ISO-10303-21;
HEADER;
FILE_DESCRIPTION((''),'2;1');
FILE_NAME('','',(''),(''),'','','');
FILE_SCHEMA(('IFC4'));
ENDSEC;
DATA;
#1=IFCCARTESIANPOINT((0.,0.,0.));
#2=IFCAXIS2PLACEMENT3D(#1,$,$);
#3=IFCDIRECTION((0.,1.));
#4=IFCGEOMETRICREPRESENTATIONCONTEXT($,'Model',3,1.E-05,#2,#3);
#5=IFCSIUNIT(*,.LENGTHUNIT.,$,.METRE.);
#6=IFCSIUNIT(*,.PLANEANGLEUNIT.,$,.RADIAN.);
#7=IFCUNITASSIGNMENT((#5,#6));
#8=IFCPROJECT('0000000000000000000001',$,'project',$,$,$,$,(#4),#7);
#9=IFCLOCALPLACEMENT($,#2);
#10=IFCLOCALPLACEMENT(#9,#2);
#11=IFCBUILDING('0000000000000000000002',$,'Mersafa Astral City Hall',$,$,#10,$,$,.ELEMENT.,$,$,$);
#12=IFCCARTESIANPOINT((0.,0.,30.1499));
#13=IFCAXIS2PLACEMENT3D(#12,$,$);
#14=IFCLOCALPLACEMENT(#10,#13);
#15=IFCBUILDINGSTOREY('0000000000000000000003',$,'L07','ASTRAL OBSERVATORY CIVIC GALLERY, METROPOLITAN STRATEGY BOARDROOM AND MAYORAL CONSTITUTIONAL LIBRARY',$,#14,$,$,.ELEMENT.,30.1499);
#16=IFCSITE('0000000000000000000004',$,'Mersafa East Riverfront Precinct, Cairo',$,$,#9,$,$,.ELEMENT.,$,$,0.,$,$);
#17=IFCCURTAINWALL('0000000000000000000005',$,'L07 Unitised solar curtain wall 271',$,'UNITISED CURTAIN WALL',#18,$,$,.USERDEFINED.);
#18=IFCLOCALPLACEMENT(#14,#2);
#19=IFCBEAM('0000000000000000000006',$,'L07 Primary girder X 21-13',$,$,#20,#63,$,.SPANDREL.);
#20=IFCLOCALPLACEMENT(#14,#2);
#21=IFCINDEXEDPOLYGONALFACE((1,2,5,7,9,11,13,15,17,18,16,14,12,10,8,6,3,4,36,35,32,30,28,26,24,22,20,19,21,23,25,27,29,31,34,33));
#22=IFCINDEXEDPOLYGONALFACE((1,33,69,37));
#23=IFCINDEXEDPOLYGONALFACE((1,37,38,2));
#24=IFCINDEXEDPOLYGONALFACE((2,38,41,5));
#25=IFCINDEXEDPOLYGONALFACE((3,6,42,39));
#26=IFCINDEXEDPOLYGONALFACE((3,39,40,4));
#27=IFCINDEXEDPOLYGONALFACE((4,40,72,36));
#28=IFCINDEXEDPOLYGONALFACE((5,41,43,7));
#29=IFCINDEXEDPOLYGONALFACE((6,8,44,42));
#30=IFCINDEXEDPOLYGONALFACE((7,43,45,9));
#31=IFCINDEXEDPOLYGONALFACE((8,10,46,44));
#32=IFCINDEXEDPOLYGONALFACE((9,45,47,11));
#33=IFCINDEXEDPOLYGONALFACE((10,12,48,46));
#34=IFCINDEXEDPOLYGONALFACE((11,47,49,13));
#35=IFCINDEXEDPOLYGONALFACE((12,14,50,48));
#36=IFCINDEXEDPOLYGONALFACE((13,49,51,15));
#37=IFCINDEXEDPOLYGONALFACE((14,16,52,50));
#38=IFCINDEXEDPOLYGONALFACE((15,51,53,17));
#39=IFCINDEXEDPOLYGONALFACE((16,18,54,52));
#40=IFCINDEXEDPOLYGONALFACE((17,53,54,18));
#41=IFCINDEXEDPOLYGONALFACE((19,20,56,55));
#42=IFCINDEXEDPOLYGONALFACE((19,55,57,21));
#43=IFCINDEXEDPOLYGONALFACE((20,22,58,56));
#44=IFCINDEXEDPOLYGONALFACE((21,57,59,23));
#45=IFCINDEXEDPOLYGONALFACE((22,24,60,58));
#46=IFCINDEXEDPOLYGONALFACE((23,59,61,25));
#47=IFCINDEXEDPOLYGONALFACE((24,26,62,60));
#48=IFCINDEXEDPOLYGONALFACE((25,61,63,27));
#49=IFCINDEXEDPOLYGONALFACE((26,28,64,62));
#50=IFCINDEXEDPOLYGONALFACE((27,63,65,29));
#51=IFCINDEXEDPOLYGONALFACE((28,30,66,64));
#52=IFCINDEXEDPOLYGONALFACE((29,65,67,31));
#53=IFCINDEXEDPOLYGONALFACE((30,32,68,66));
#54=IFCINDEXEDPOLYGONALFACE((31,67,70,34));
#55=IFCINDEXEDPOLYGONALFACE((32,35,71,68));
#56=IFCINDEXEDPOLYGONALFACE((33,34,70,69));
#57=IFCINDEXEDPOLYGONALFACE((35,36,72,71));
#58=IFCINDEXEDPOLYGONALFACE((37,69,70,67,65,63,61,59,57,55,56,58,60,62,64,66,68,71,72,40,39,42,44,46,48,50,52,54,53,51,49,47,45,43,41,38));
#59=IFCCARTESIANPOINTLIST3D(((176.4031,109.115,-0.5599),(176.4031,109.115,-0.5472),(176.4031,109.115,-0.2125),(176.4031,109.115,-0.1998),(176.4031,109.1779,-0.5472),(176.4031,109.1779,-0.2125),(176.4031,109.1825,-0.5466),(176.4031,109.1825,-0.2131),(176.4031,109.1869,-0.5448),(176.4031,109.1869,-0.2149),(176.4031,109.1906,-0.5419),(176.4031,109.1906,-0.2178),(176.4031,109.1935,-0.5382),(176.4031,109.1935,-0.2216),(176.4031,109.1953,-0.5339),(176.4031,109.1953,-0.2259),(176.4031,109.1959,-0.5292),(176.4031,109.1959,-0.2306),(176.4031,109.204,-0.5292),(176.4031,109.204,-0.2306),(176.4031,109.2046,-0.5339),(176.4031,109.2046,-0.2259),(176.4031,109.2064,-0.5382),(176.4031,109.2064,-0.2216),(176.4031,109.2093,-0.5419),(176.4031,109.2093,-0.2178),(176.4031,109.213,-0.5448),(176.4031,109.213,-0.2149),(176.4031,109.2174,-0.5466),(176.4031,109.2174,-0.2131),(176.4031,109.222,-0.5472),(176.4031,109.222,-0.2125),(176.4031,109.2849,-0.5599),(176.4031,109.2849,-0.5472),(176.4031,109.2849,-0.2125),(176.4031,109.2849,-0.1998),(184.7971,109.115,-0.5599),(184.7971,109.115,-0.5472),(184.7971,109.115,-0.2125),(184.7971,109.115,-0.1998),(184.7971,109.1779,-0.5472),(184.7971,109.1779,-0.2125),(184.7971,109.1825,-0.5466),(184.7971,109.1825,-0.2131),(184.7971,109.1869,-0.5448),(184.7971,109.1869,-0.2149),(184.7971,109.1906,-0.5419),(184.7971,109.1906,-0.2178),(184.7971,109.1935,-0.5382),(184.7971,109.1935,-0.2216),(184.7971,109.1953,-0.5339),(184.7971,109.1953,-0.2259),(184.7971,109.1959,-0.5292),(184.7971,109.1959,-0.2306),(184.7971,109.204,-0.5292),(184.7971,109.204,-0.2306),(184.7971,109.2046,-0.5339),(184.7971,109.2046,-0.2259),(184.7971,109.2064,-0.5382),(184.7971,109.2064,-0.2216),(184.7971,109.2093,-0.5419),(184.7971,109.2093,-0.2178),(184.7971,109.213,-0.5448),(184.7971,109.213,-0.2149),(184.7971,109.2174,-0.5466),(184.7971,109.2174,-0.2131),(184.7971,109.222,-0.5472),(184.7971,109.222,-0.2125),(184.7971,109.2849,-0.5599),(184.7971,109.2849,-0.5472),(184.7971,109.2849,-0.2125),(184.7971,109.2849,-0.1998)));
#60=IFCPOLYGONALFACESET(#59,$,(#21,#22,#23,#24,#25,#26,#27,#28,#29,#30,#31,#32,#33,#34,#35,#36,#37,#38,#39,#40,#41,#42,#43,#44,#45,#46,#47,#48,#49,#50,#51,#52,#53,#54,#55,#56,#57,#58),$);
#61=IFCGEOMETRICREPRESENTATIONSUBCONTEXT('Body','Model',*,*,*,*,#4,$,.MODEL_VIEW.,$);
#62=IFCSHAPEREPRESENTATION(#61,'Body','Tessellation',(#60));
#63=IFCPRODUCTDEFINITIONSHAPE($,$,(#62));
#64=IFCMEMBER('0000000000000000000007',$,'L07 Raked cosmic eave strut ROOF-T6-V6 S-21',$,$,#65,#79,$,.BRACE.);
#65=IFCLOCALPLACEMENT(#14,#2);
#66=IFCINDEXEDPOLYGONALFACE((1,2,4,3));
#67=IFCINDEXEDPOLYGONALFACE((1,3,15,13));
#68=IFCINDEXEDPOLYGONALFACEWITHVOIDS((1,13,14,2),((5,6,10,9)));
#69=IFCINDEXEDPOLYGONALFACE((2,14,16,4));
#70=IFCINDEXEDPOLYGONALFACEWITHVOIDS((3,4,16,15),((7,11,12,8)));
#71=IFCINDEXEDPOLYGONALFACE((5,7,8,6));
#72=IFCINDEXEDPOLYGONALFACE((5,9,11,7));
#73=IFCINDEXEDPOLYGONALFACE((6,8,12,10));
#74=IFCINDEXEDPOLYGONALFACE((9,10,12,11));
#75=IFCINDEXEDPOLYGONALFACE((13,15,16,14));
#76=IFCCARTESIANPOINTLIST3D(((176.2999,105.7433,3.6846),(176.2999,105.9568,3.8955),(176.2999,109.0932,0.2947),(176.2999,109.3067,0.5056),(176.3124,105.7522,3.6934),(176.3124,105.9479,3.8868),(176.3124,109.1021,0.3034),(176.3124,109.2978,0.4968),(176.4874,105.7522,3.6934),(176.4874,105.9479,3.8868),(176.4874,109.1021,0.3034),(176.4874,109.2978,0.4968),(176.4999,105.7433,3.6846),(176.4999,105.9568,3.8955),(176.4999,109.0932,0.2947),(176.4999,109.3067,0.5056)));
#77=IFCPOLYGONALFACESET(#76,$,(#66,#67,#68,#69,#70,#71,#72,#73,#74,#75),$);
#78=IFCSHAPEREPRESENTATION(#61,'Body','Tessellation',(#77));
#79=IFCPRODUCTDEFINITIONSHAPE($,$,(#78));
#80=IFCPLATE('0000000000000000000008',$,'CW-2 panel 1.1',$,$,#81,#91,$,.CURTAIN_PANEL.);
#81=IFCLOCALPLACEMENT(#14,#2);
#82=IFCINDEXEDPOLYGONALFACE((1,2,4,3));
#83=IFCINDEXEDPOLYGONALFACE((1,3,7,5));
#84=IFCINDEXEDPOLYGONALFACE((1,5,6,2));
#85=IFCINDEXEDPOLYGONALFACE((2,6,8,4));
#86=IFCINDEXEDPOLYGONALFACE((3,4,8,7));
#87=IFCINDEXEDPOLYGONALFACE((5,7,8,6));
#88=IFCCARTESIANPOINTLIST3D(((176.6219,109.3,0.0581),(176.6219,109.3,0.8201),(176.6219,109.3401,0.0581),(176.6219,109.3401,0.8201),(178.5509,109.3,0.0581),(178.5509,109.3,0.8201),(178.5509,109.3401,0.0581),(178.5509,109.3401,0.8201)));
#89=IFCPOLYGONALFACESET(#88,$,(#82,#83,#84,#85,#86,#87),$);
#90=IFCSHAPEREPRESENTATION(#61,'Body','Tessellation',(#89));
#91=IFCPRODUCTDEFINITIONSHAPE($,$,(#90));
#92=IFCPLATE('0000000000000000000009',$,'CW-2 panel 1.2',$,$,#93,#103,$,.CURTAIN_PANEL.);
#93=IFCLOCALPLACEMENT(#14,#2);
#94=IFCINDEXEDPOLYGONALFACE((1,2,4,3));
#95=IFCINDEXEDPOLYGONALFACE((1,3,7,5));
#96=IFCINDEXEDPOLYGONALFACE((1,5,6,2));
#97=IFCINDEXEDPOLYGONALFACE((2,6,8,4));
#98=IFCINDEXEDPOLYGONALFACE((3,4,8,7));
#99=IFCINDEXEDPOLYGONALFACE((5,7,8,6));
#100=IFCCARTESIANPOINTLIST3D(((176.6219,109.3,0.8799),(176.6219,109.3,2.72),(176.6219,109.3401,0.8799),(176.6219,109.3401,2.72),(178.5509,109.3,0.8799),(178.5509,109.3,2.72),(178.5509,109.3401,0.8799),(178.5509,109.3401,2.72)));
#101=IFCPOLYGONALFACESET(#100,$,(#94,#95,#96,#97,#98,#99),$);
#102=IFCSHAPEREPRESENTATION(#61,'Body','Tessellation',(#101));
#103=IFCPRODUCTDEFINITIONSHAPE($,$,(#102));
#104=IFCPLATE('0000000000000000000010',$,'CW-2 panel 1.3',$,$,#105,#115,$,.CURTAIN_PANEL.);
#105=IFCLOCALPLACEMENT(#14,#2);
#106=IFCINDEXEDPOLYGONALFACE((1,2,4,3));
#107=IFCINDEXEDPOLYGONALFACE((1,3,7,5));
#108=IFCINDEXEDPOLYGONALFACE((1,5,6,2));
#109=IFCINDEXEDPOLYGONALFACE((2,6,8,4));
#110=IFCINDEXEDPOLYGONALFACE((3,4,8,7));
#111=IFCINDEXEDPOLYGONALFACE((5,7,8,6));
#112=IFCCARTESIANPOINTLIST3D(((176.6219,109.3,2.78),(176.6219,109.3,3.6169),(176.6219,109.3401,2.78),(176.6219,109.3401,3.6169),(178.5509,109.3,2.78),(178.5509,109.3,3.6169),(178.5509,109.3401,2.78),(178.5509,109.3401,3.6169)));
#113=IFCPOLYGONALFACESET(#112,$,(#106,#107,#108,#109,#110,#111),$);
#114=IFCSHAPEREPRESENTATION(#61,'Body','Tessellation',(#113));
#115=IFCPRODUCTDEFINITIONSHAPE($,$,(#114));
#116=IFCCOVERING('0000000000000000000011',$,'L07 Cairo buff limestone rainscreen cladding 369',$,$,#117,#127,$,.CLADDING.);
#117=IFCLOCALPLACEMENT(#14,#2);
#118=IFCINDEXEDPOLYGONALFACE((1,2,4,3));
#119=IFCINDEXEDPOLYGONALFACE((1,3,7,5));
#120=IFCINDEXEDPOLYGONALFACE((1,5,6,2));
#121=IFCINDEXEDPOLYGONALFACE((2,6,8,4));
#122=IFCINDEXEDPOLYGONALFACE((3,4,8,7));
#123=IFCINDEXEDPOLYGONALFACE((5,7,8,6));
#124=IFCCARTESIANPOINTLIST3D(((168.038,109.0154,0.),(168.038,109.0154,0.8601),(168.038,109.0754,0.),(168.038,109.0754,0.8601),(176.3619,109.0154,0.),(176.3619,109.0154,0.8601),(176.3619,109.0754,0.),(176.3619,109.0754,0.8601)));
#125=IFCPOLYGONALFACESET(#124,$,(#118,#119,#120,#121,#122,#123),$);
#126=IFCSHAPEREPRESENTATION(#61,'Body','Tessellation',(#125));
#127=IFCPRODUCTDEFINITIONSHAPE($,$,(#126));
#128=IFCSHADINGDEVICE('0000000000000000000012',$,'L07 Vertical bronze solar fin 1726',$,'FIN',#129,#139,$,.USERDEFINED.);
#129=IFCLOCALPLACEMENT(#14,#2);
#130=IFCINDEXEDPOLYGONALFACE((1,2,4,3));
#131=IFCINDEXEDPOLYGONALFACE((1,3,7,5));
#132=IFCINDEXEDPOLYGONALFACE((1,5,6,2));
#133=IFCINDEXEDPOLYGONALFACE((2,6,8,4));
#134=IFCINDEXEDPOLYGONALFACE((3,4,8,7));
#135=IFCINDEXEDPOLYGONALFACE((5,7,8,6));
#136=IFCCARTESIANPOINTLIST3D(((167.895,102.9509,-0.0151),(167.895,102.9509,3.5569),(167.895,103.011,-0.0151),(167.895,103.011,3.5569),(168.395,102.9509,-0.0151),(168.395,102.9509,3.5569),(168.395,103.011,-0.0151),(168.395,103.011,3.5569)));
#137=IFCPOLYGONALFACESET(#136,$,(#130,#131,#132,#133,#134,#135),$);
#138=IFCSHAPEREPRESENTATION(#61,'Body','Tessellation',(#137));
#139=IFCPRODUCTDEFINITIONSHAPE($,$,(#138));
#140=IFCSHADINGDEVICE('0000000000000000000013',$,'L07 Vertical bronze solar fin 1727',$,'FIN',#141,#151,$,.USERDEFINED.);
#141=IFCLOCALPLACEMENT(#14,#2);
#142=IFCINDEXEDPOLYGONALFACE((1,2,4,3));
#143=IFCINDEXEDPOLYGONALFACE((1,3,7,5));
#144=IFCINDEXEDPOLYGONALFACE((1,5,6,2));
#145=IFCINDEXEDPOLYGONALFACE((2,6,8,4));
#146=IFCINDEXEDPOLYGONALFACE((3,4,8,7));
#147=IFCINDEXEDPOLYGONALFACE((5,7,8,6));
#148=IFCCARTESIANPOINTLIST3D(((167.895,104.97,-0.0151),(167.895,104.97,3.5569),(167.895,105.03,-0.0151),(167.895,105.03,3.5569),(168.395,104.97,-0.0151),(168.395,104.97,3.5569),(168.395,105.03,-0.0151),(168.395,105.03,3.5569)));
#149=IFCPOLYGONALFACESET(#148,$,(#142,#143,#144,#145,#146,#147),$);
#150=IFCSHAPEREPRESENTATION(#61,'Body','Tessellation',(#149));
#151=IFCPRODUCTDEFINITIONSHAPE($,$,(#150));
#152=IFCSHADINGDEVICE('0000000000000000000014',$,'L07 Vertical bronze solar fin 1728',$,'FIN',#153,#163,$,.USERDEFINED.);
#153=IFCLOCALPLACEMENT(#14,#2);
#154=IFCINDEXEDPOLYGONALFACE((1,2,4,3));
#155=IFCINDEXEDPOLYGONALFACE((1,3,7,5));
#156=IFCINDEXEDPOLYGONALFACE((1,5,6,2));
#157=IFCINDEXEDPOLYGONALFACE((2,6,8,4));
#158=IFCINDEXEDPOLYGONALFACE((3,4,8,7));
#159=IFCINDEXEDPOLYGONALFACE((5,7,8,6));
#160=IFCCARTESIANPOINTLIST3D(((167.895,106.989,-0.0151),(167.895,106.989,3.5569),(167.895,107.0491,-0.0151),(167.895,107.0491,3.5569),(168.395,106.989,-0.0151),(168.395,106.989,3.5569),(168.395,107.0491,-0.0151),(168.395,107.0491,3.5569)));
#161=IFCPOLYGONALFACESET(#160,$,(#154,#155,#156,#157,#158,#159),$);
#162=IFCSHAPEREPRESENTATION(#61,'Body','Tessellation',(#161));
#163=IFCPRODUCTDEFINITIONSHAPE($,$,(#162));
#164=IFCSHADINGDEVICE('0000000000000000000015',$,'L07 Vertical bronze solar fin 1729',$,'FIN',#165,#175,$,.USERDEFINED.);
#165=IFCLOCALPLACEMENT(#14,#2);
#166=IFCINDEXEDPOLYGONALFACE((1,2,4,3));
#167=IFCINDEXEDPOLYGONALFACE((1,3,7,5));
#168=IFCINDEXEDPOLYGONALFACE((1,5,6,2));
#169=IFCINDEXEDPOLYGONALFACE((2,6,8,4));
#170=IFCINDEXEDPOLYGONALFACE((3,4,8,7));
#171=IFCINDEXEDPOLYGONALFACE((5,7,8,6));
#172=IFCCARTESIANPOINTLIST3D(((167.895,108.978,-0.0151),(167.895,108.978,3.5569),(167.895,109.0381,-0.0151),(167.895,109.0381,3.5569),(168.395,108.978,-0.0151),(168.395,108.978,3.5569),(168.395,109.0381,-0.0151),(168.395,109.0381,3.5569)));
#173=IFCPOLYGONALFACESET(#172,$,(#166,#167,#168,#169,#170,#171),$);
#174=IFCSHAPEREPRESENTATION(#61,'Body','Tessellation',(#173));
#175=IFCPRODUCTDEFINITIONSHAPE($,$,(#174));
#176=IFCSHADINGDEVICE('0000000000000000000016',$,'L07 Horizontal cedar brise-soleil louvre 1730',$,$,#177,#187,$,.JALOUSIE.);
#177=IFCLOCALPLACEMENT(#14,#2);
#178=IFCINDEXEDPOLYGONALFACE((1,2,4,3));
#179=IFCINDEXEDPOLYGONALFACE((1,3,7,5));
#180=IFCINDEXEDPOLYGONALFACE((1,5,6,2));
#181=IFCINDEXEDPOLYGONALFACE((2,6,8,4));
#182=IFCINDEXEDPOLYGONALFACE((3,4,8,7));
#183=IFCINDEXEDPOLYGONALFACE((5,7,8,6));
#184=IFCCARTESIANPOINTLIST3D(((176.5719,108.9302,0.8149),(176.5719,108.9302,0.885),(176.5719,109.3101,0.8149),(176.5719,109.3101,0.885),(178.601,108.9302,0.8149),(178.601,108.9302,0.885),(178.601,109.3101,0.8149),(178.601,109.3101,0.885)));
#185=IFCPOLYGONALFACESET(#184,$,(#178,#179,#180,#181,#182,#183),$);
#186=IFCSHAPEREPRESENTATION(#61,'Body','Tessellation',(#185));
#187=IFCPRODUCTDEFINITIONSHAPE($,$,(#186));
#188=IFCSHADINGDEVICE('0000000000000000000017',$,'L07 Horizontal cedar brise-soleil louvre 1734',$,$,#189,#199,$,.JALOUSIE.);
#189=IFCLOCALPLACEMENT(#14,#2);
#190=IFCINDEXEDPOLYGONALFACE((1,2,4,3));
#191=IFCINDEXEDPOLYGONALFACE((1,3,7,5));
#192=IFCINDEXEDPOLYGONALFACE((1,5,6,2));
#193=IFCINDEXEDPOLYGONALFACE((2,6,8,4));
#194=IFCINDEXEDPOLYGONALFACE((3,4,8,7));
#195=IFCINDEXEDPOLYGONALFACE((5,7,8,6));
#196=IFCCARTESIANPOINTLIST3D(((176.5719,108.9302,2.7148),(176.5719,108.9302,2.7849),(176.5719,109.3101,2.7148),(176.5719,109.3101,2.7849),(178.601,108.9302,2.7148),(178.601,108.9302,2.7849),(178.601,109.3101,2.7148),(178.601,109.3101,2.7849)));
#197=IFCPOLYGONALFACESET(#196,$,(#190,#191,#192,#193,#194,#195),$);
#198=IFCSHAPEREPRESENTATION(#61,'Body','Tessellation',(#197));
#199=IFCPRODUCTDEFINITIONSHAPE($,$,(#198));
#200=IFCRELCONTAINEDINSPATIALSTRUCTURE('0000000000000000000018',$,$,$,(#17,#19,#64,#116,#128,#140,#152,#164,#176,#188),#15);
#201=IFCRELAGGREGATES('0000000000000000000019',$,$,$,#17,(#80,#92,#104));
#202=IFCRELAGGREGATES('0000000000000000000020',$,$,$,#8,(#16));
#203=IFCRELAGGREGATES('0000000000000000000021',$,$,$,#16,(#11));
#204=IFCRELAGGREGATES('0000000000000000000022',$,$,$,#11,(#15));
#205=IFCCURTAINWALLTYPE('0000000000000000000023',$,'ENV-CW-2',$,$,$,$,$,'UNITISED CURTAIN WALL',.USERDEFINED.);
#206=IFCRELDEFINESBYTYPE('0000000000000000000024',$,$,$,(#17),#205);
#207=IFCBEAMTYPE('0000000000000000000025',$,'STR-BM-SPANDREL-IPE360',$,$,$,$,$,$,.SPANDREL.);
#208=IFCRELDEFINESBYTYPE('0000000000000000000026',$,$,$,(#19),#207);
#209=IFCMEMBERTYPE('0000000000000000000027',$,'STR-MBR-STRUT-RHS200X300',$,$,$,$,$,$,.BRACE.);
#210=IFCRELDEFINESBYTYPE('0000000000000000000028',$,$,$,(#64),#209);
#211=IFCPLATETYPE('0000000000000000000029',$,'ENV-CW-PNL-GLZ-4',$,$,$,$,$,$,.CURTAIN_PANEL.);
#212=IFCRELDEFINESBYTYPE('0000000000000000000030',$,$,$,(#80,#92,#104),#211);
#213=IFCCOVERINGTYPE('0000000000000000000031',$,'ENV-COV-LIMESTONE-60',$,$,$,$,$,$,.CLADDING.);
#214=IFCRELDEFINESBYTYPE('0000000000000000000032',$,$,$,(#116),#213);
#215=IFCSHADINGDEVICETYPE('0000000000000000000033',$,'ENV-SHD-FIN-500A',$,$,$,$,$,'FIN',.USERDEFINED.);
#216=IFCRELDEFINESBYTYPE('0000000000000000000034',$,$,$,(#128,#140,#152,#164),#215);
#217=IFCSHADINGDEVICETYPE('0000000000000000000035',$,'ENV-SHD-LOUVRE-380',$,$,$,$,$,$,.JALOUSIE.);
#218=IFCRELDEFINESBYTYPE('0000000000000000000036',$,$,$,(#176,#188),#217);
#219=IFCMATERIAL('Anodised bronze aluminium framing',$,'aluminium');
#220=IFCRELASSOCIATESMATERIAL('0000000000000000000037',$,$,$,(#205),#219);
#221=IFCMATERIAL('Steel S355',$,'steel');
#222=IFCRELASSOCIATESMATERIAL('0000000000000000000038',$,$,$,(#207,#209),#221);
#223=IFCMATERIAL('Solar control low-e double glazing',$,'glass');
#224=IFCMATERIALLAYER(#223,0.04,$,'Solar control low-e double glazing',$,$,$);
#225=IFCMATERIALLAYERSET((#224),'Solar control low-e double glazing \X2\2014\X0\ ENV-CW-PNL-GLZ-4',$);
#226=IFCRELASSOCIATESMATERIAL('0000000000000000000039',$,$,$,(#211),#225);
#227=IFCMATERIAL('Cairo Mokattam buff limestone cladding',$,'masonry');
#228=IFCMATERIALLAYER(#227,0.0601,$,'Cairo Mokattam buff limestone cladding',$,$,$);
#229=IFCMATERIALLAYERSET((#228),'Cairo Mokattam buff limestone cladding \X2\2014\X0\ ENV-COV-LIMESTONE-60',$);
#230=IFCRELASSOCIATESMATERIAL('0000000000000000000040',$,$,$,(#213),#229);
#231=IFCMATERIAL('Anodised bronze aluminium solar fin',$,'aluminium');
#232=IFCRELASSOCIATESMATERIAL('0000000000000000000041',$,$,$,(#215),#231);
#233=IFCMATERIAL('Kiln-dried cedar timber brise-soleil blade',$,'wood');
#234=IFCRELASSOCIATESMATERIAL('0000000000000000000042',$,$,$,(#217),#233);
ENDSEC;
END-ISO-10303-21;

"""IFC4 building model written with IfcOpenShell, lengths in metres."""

from ifc_helpers import new_model, si_unit, direction, frame, origin, origin_2d, place, context, subcontext, project, spatial, rectangle, hollow_rectangle, i_section, extrude, material, layer, layer_set, material_profile, profile_set, type_object, element, aggregate, save


model = new_model("IFC4")

# Units and contexts
model_context = context("Model", 3, precision=1e-05, world=origin(), true_north=direction((0.0, 1.0)))
body_context = subcontext(model_context, "Body", "Model", "MODEL_VIEW")
ifc_project = project(units=[si_unit("LENGTHUNIT", "METRE"), si_unit("PLANEANGLEUNIT", "RADIAN")], contexts=[model_context])

# Site, building, storey
site_placement = place(None, origin())
site = spatial("IfcSite", under=ifc_project, at=site_placement, Name="Mersafa East Riverfront Precinct, Cairo", CompositionType="ELEMENT", RefElevation=0.0)
building_placement = place(site_placement, origin())
building = spatial("IfcBuilding", under=site, at=building_placement, Name="Mersafa Astral City Hall", CompositionType="ELEMENT")
storey_placement = place(building_placement, frame((0.0, 0.0, 30.1499)))
storey = spatial("IfcBuildingStorey", under=building, at=storey_placement, Name="L07", Description="ASTRAL OBSERVATORY CIVIC GALLERY, METROPOLITAN STRATEGY BOARDROOM AND MAYORAL CONSTITUTIONAL LIBRARY", CompositionType="ELEMENT", Elevation=30.1499)

# Shared definitions
ifc_material_1 = material(Name="Steel S355", Category="steel")

# Curtain wall
ifc_material_2 = material(Name="Anodised bronze aluminium framing", Category="aluminium")
curtain_wall_type = type_object("IfcCurtainWallType", Name="ENV-CW-2", ElementType="UNITISED CURTAIN WALL", PredefinedType="USERDEFINED", material=ifc_material_2)
curtain_wall_placement = place(storey_placement, origin())
curtain_wall = element("IfcCurtainWall", 1, at=curtain_wall_placement, inside=storey, type_object=curtain_wall_type, Name="L07 Unitised solar curtain wall 271", ObjectType="UNITISED CURTAIN WALL", PredefinedType="USERDEFINED")

# Beam
ifc_material_profile_1 = material_profile(ifc_material_1, i_section(OverallWidth=0.1699, OverallDepth=0.3601, WebThickness=0.0081, FlangeThickness=0.0127, FilletRadius=0.0181, at=origin_2d()), Name="IPE 360")
ifc_profile_set_1 = profile_set([ifc_material_profile_1], Name="Steel S355")
beam_type_1 = type_object("IfcBeamType", Name="STR-BM-SPANDREL-IPE360", PredefinedType="SPANDREL", material=ifc_profile_set_1)
beam_1_placement = place(storey_placement, frame((176.4031, 109.2, -0.3799), z_axis=(1.0, 0.0, 0.0), x_axis=(0.0, 1.0, 0.0)))
element("IfcBeam", 2, at=beam_1_placement, inside=storey, type_object=beam_type_1, Name="L07 Primary girder X 21-13", PredefinedType="SPANDREL", context=body_context, shape_type="SweptSolid", body=[
    extrude(i_section(OverallWidth=0.1699, OverallDepth=0.3601, WebThickness=0.0081, FlangeThickness=0.0127, FilletRadius=0.0181, at=origin_2d()), origin(), (0.0, 0.0, 1.0), 8.394),
])

# Member
ifc_material_profile_2 = material_profile(ifc_material_1, hollow_rectangle(XDim=0.2, YDim=0.3, WallThickness=0.0125, at=origin_2d()), Name="RHS 200x300x12.5")
ifc_profile_set_2 = profile_set([ifc_material_profile_2], Name="Steel S355")
member_type_1 = type_object("IfcMemberType", Name="STR-MBR-STRUT-RHS200X300", PredefinedType="BRACE", material=ifc_profile_set_2)
member_1_placement = place(storey_placement, frame((176.3999, 109.2, 0.4001), z_axis=(0.0, -0.702894, 0.711295), x_axis=(1.0, 0.0, 0.0)))
element("IfcMember", 3, at=member_1_placement, inside=storey, type_object=member_type_1, Name="L07 Raked cosmic eave strut ROOF-T6-V6 S-21", PredefinedType="BRACE", context=body_context, shape_type="SweptSolid", body=[
    extrude(hollow_rectangle(XDim=0.2, YDim=0.3, WallThickness=0.0125, at=origin_2d()), origin(), (0.0, 0.0, 1.0), 4.7659),
])

# Plates
ifc_material_3 = material(Name="Solar control low-e double glazing", Category="glass")
ifc_layer_1 = layer(ifc_material_3, 0.04, Name="Solar control low-e double glazing")
ifc_layer_set_1 = layer_set([ifc_layer_1], Name="Solar control low-e double glazing — ENV-CW-PNL-GLZ-4")
plate_type = type_object("IfcPlateType", Name="ENV-CW-PNL-GLZ-4", PredefinedType="CURTAIN_PANEL", material=ifc_layer_set_1)
plate_1_placement = place(storey_placement, frame((177.5864, 109.3201, 0.0581), z_axis=(0.0, 0.0, 1.0), x_axis=(1.0, 0.0, 0.0)))
plate_1 = element("IfcPlate", 4, at=plate_1_placement, type_object=plate_type, Name="CW-2 panel 1.1", PredefinedType="CURTAIN_PANEL", context=body_context, shape_type="SweptSolid", body=[
    extrude(rectangle(XDim=1.929, YDim=0.04, at=origin_2d()), origin(), (0.0, 0.0, 1.0), 0.762),
])
plate_2_placement = place(storey_placement, frame((177.5864, 109.3201, 0.8799), z_axis=(0.0, 0.0, 1.0), x_axis=(1.0, 0.0, 0.0)))
plate_2 = element("IfcPlate", 5, at=plate_2_placement, type_object=plate_type, Name="CW-2 panel 1.2", PredefinedType="CURTAIN_PANEL", context=body_context, shape_type="SweptSolid", body=[
    extrude(rectangle(XDim=1.929, YDim=0.04, at=origin_2d()), origin(), (0.0, 0.0, 1.0), 1.8401),
])
plate_3_placement = place(storey_placement, frame((177.5864, 109.3201, 2.78), z_axis=(0.0, 0.0, 1.0), x_axis=(1.0, 0.0, 0.0)))
plate_3 = element("IfcPlate", 6, at=plate_3_placement, type_object=plate_type, Name="CW-2 panel 1.3", PredefinedType="CURTAIN_PANEL", context=body_context, shape_type="SweptSolid", body=[
    extrude(rectangle(XDim=1.929, YDim=0.04, at=origin_2d()), origin(), (0.0, 0.0, 1.0), 0.8369),
])
aggregate(curtain_wall, [plate_1, plate_2, plate_3])

# Covering
ifc_material_4 = material(Name="Cairo Mokattam buff limestone cladding", Category="masonry")
ifc_layer_2 = layer(ifc_material_4, 0.0601, Name="Cairo Mokattam buff limestone cladding")
ifc_layer_set_2 = layer_set([ifc_layer_2], Name="Cairo Mokattam buff limestone cladding — ENV-COV-LIMESTONE-60")
covering_type = type_object("IfcCoveringType", Name="ENV-COV-LIMESTONE-60", PredefinedType="CLADDING", material=ifc_layer_set_2)
covering_placement = place(storey_placement, frame((172.2, 109.0454, 0.0), z_axis=(0.0, 0.0, 1.0), x_axis=(1.0, 0.0, 0.0)))
element("IfcCovering", 7, at=covering_placement, inside=storey, type_object=covering_type, Name="L07 Cairo buff limestone rainscreen cladding 369", PredefinedType="CLADDING", context=body_context, shape_type="SweptSolid", body=[
    extrude(rectangle(XDim=8.324, YDim=0.0601, at=origin_2d()), origin(), (0.0, 0.0, 1.0), 0.8601),
])

# Shading devices
ifc_material_5 = material(Name="Anodised bronze aluminium solar fin", Category="aluminium")
shading_device_type_1 = type_object("IfcShadingDeviceType", Name="ENV-SHD-FIN-500A", ElementType="FIN", PredefinedType="USERDEFINED", material=ifc_material_5)
for number, where, z_axis, x_axis, name in (
    (8, (168.145, 102.981, -0.0151), (0.0, 0.0, 1.0), (0.0, 1.0, 0.0), "L07 Vertical bronze solar fin 1726"),
    (9, (168.145, 105.0, -0.0151), (0.0, 0.0, 1.0), (0.0, 1.0, 0.0), "L07 Vertical bronze solar fin 1727"),
    (10, (168.145, 107.019, -0.0151), (0.0, 0.0, 1.0), (0.0, 1.0, 0.0), "L07 Vertical bronze solar fin 1728"),
    (11, (168.145, 109.0081, -0.0151), (0.0, 0.0, 1.0), (0.0, 1.0, 0.0), "L07 Vertical bronze solar fin 1729"),
):
    element("IfcShadingDevice", number, at=place(storey_placement, frame(where, z_axis=z_axis, x_axis=x_axis)), inside=storey, type_object=shading_device_type_1, Name=name, ObjectType="FIN", PredefinedType="USERDEFINED", context=body_context, shape_type="SweptSolid", body=[
        extrude(rectangle(XDim=0.0601, YDim=0.5, at=origin_2d()), origin(), (0.0, 0.0, 1.0), 3.572),
    ])
ifc_material_6 = material(Name="Kiln-dried cedar timber brise-soleil blade", Category="wood")
shading_device_type_2 = type_object("IfcShadingDeviceType", Name="ENV-SHD-LOUVRE-380", PredefinedType="JALOUSIE", material=ifc_material_6)
for number, where, z_axis, x_axis, name in (
    (12, (177.5864, 109.1201, 0.8149), (0.0, 0.0, 1.0), (1.0, 0.0, 0.0), "L07 Horizontal cedar brise-soleil louvre 1730"),
    (13, (177.5864, 109.1201, 2.7148), (0.0, 0.0, 1.0), (1.0, 0.0, 0.0), "L07 Horizontal cedar brise-soleil louvre 1734"),
):
    element("IfcShadingDevice", number, at=place(storey_placement, frame(where, z_axis=z_axis, x_axis=x_axis)), inside=storey, type_object=shading_device_type_2, Name=name, PredefinedType="JALOUSIE", context=body_context, shape_type="SweptSolid", body=[
        extrude(rectangle(XDim=2.0291, YDim=0.3799, at=origin_2d()), origin(), (0.0, 0.0, 1.0), 0.0701),
    ])

save(model, "model.ifc")
